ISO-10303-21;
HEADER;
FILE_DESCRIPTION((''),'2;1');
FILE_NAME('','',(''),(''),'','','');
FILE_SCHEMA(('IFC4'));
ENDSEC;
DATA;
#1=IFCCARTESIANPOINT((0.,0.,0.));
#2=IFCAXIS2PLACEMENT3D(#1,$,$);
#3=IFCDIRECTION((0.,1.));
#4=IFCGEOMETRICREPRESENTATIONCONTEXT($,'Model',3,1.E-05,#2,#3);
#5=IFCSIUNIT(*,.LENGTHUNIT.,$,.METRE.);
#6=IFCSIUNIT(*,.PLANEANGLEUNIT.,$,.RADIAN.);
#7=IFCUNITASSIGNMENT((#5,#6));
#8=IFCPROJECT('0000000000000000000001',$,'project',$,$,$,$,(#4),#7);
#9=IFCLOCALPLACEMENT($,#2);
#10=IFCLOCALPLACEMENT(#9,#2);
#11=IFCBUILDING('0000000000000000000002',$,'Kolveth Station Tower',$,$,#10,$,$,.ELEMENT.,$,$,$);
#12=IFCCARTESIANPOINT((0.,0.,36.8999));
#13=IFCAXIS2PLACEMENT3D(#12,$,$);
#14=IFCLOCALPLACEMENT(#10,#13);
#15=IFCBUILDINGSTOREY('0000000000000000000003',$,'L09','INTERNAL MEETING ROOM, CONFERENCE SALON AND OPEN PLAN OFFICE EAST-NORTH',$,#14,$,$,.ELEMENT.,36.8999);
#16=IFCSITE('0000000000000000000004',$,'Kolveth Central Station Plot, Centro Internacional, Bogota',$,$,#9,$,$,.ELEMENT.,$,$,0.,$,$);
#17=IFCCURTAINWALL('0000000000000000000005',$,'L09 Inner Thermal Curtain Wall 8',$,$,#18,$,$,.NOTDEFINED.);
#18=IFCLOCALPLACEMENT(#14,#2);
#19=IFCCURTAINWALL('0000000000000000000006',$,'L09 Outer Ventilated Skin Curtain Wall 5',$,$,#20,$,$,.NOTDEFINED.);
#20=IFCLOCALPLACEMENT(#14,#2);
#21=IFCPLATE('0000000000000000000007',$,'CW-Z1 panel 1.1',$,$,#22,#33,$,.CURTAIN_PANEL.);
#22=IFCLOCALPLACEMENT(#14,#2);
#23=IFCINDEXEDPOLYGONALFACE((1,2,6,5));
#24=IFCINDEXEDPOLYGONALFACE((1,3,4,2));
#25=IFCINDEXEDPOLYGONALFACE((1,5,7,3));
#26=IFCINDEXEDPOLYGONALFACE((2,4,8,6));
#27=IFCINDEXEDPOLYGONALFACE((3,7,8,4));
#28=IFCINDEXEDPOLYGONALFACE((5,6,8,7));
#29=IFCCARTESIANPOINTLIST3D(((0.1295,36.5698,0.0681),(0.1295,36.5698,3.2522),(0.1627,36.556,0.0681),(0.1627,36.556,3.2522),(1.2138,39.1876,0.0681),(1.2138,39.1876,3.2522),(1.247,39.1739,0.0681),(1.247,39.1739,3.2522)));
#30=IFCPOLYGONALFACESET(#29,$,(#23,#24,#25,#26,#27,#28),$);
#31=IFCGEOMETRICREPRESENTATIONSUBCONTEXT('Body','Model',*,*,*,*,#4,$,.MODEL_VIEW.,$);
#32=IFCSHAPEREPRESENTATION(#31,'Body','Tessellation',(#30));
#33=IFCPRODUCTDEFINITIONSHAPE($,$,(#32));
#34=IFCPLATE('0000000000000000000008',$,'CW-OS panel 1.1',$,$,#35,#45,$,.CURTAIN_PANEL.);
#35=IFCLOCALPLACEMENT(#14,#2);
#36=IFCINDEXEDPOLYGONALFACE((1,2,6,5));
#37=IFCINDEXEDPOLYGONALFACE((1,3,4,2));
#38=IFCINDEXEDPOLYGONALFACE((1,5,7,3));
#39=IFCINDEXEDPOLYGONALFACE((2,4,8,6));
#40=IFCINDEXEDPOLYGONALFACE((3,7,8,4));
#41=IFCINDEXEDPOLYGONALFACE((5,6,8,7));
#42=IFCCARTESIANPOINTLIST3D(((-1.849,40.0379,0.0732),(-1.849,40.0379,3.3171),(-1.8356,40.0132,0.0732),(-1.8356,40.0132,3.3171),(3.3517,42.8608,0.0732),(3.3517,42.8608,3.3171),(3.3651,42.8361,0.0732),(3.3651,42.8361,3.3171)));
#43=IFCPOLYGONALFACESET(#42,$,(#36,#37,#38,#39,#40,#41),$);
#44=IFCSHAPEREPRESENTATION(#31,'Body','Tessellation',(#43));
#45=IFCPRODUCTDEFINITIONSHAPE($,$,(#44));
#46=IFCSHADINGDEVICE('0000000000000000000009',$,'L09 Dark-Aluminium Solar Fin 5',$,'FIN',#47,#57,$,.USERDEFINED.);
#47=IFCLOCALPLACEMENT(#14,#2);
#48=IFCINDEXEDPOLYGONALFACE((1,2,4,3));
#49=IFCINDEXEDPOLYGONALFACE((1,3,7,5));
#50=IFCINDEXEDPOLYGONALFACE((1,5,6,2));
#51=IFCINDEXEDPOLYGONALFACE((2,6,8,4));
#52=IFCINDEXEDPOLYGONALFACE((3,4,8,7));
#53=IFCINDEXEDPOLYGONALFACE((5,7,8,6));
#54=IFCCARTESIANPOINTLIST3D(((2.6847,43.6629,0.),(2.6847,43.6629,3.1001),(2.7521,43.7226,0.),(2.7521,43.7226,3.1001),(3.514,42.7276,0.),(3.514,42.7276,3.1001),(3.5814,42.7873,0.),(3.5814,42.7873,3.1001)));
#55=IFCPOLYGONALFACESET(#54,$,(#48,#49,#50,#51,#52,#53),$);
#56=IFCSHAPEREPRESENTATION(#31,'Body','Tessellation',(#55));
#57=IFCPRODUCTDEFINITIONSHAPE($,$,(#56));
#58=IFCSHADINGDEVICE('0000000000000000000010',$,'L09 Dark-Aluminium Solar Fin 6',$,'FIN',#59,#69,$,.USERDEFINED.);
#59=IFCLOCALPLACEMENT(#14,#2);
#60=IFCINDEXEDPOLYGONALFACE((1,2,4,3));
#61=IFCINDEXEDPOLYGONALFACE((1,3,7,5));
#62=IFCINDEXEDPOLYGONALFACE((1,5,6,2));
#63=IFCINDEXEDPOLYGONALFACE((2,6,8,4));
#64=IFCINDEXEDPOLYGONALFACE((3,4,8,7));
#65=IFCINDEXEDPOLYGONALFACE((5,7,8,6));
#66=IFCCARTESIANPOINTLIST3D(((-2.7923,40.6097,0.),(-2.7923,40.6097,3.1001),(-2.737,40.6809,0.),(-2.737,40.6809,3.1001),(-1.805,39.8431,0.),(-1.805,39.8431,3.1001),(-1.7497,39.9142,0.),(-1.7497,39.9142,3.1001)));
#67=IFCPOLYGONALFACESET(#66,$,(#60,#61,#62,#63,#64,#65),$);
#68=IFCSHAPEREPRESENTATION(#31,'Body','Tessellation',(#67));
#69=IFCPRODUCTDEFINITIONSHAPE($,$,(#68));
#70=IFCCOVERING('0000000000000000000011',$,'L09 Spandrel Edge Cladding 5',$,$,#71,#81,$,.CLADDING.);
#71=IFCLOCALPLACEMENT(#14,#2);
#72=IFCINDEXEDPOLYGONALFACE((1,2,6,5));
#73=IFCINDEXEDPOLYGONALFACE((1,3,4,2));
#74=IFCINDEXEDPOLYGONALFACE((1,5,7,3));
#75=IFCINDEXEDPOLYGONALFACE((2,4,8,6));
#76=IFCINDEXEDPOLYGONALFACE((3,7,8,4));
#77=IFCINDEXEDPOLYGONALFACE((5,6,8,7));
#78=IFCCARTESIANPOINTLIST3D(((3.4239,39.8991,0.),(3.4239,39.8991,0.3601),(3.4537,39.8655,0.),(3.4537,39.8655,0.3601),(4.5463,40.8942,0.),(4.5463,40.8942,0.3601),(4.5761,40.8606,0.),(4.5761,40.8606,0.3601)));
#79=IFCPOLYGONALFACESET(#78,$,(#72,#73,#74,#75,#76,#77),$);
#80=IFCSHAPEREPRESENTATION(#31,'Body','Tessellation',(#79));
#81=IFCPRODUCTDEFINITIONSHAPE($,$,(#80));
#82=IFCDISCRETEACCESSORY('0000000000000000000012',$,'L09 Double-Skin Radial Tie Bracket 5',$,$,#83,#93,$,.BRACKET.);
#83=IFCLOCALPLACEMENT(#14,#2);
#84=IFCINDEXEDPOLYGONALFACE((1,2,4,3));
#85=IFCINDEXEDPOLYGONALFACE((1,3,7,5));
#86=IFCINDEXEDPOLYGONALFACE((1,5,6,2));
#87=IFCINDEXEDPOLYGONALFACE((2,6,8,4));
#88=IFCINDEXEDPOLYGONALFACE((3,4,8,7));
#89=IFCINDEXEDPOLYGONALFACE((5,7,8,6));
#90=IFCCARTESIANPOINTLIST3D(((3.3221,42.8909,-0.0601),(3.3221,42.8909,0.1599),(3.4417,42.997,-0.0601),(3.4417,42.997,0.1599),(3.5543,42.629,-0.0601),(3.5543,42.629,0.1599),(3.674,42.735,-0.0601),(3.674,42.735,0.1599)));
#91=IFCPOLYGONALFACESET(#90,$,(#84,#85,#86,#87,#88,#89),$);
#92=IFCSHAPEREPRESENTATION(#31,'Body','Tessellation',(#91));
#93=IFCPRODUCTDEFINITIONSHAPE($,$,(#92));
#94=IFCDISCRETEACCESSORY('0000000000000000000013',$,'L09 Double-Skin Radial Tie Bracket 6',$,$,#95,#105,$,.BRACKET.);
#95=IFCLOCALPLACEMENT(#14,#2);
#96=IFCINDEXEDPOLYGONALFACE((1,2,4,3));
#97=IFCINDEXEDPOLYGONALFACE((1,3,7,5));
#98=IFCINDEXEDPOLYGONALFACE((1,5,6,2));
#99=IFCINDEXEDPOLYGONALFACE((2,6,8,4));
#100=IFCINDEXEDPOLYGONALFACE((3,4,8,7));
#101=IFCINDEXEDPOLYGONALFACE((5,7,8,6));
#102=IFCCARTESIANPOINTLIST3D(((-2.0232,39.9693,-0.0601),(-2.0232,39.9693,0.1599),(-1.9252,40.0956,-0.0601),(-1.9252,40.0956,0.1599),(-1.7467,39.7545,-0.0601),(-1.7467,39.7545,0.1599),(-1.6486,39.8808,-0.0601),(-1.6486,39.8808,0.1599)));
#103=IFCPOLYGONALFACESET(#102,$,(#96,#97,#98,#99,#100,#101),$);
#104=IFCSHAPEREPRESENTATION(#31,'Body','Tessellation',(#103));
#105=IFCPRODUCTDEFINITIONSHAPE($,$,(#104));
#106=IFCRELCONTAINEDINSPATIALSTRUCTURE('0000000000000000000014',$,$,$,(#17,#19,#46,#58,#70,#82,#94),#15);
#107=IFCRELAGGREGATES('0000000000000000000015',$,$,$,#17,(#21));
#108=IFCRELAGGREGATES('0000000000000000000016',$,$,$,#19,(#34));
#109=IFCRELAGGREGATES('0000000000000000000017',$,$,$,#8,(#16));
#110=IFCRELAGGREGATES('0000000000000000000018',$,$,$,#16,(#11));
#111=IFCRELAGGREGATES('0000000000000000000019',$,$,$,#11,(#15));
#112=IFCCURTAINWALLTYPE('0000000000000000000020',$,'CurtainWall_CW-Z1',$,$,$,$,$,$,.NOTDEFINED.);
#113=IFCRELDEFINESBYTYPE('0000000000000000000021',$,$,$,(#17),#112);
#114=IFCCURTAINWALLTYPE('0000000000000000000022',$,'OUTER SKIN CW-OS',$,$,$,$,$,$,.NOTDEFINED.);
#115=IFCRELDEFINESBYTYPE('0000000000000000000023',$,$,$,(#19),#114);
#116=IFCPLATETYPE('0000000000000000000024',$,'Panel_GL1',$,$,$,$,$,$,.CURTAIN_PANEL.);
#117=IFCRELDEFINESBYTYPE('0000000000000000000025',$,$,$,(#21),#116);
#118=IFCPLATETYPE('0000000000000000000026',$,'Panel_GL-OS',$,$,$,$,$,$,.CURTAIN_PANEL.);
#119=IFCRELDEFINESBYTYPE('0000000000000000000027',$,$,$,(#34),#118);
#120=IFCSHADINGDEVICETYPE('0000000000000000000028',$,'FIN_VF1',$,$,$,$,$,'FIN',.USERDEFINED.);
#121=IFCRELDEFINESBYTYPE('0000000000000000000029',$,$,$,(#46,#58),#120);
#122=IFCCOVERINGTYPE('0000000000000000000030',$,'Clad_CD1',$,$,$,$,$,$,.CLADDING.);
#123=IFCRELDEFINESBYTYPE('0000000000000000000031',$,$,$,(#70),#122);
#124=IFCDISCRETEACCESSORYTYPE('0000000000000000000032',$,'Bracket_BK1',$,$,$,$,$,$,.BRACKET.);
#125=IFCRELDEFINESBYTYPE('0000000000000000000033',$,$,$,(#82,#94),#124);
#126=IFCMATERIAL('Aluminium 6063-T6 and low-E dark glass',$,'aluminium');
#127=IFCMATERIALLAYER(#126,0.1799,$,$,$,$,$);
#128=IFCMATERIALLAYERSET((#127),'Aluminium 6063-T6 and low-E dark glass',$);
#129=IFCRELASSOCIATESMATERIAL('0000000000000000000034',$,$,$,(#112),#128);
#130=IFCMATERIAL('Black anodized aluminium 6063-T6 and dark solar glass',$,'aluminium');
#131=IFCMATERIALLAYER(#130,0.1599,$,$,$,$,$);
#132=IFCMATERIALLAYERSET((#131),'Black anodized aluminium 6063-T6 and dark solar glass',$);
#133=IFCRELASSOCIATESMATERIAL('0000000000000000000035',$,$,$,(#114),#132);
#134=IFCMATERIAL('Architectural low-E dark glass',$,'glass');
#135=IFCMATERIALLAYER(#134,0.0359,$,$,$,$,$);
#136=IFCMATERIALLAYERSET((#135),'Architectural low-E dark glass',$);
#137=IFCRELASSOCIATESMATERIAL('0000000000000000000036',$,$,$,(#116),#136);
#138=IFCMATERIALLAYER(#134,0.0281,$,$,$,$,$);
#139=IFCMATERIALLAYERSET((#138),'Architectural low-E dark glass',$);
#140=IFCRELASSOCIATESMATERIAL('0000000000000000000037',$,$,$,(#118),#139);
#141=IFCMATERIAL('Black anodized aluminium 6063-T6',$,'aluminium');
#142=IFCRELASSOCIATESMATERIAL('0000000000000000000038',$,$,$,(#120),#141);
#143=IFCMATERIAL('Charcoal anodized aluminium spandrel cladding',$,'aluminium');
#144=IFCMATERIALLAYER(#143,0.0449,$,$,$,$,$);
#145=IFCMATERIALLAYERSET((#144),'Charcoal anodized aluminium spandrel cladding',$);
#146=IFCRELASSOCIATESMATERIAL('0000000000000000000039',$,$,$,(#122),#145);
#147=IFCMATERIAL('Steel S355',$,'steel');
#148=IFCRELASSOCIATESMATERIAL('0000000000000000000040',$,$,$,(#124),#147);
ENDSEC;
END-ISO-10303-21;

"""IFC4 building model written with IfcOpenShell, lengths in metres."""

from ifc_helpers import new_model, si_unit, direction, frame, origin, origin_2d, place, context, subcontext, project, spatial, rectangle, extrude, source, transform, mapped, material, layer, layer_set, type_object, element, aggregate, save


model = new_model("IFC4")

# Units and contexts
model_context = context("Model", 3, precision=1e-05, world=origin(), true_north=direction((0.0, 1.0)))
body_context = subcontext(model_context, "Body", "Model", "MODEL_VIEW")
ifc_project = project(units=[si_unit("LENGTHUNIT", "METRE"), si_unit("PLANEANGLEUNIT", "RADIAN")], contexts=[model_context])

# Site, building, storey
site_placement = place(None, origin())
site = spatial("IfcSite", under=ifc_project, at=site_placement, Name="Kolveth Central Station Plot, Centro Internacional, Bogota", CompositionType="ELEMENT", RefElevation=0.0)
building_placement = place(site_placement, origin())
building = spatial("IfcBuilding", under=site, at=building_placement, Name="Kolveth Station Tower", CompositionType="ELEMENT")
storey_placement = place(building_placement, frame((0.0, 0.0, 36.8999)))
storey = spatial("IfcBuildingStorey", under=building, at=storey_placement, Name="L09", Description="INTERNAL MEETING ROOM, CONFERENCE SALON AND OPEN PLAN OFFICE EAST-NORTH", CompositionType="ELEMENT", Elevation=36.8999)

# Shared definitions
ifc_material_1 = material(Name="Aluminium 6063-T6 and low-E dark glass", Category="aluminium")
ifc_layer_1 = layer(ifc_material_1, 0.1799)
ifc_layer_set_1 = layer_set([ifc_layer_1], Name="Aluminium 6063-T6 and low-E dark glass")
curtain_wall_type_1 = type_object("IfcCurtainWallType", Name="CurtainWall_CW-Z1", PredefinedType="NOTDEFINED", material=ifc_layer_set_1)
ifc_material_2 = material(Name="Black anodized aluminium 6063-T6", Category="aluminium")

# Curtain wall
curtain_wall_1_placement = place(storey_placement, origin())
curtain_wall_1 = element("IfcCurtainWall", 1, at=curtain_wall_1_placement, inside=storey, type_object=curtain_wall_type_1, Name="L09 Inner Thermal Curtain Wall 8", PredefinedType="NOTDEFINED")

# Shared definitions
ifc_material_3 = material(Name="Black anodized aluminium 6063-T6 and dark solar glass", Category="aluminium")
ifc_layer_2 = layer(ifc_material_3, 0.1599)
ifc_layer_set_2 = layer_set([ifc_layer_2], Name="Black anodized aluminium 6063-T6 and dark solar glass")
curtain_wall_type_2 = type_object("IfcCurtainWallType", Name="OUTER SKIN CW-OS", PredefinedType="NOTDEFINED", material=ifc_layer_set_2)

# Curtain wall
curtain_wall_2_placement = place(storey_placement, origin())
curtain_wall_2 = element("IfcCurtainWall", 2, at=curtain_wall_2_placement, inside=storey, type_object=curtain_wall_type_2, Name="L09 Outer Ventilated Skin Curtain Wall 5", PredefinedType="NOTDEFINED")

# Plates
ifc_material_4 = material(Name="Architectural low-E dark glass", Category="glass")
ifc_layer_3 = layer(ifc_material_4, 0.0359)
ifc_layer_set_3 = layer_set([ifc_layer_3], Name="Architectural low-E dark glass")
plate_type_1 = type_object("IfcPlateType", Name="Panel_GL1", PredefinedType="CURTAIN_PANEL", material=ifc_layer_set_3)
shared_shape_1 = source(origin(), body_context, "Body", "SweptSolid", [
    extrude(rectangle(XDim=2.8335, YDim=0.0359, at=origin_2d()), origin(), (0.0, 0.0, 1.0), 3.1841),
])
plate_1_placement = place(storey_placement, frame((0.6882, 37.8718, 0.0681), z_axis=(0.0, 0.0, 1.0), x_axis=(-0.382673, -0.923884, 0.0)))
plate_1 = element("IfcPlate", 3, at=plate_1_placement, type_object=plate_type_1, Name="CW-Z1 panel 1.1", PredefinedType="CURTAIN_PANEL", context=body_context, shape_type="MappedRepresentation", body=[
    mapped(shared_shape_1, transform((0.0, 0.0, 0.0), x_axis=(1.0, 0.0, 0.0), y_axis=(0.0, 1.0, 0.0), z_axis=(0.0, 0.0, 1.0), scale=1.0)),
])
aggregate(curtain_wall_1, [plate_1])
ifc_layer_4 = layer(ifc_material_4, 0.0281)
ifc_layer_set_4 = layer_set([ifc_layer_4], Name="Architectural low-E dark glass")
plate_type_2 = type_object("IfcPlateType", Name="Panel_GL-OS", PredefinedType="CURTAIN_PANEL", material=ifc_layer_set_4)
shared_shape_2 = source(origin(), body_context, "Body", "SweptSolid", [
    extrude(rectangle(XDim=5.9175, YDim=0.0281, at=origin_2d()), origin(), (0.0, 0.0, 1.0), 3.2439),
])
plate_2_placement = place(storey_placement, frame((0.7581, 41.437, 0.0732), z_axis=(0.0, 0.0, 1.0), x_axis=(-0.878884, -0.477036, 0.0)))
plate_2 = element("IfcPlate", 4, at=plate_2_placement, type_object=plate_type_2, Name="CW-OS panel 1.1", PredefinedType="CURTAIN_PANEL", context=body_context, shape_type="MappedRepresentation", body=[
    mapped(shared_shape_2, transform((0.0, 0.0, 0.0), x_axis=(1.0, 0.0, 0.0), y_axis=(0.0, 1.0, 0.0), z_axis=(0.0, 0.0, 1.0), scale=1.0)),
])
aggregate(curtain_wall_2, [plate_2])

# Shading devices
shading_device_type = type_object("IfcShadingDeviceType", Name="FIN_VF1", ElementType="FIN", PredefinedType="USERDEFINED", material=ifc_material_2)
shared_shape_3 = source(origin(), body_context, "Body", "SweptSolid", [
    extrude(rectangle(XDim=1.25, YDim=0.0901, at=origin_2d()), origin(), (0.0, 0.0, 1.0), 3.1001),
])
for number, where, z_axis, x_axis, name in (
    (5, (3.1331, 43.2251, 0.0), (0.0, 0.0, 1.0), (-0.663404, 0.748261, 0.0), "L09 Dark-Aluminium Solar Fin 5"),
    (6, (-2.271, 40.262, 0.0), (0.0, 0.0, 1.0), (-0.789834, 0.613321, 0.0), "L09 Dark-Aluminium Solar Fin 6"),
):
    element("IfcShadingDevice", number, at=place(storey_placement, frame(where, z_axis=z_axis, x_axis=x_axis)), inside=storey, type_object=shading_device_type, Name=name, ObjectType="FIN", PredefinedType="USERDEFINED", context=body_context, shape_type="MappedRepresentation", body=[
        mapped(shared_shape_3, transform((0.0, 0.0, 0.0), x_axis=(1.0, 0.0, 0.0), y_axis=(0.0, 1.0, 0.0), z_axis=(0.0, 0.0, 1.0), scale=1.0)),
    ])

# Covering
ifc_material_5 = material(Name="Charcoal anodized aluminium spandrel cladding", Category="aluminium")
ifc_layer_5 = layer(ifc_material_5, 0.0449)
ifc_layer_set_5 = layer_set([ifc_layer_5], Name="Charcoal anodized aluminium spandrel cladding")
covering_type = type_object("IfcCoveringType", Name="Clad_CD1", PredefinedType="CLADDING", material=ifc_layer_set_5)
shared_shape_4 = source(origin(), body_context, "Body", "SweptSolid", [
    extrude(rectangle(XDim=1.5, YDim=0.0449, at=origin_2d()), origin(), (0.0, 0.0, 1.0), 0.3601),
])
covering_placement = place(storey_placement, frame((4.0, 40.3799, 0.0), z_axis=(0.0, 0.0, 1.0), x_axis=(-0.748261, -0.663404, 0.0)))
element("IfcCovering", 7, at=covering_placement, inside=storey, type_object=covering_type, Name="L09 Spandrel Edge Cladding 5", PredefinedType="CLADDING", context=body_context, shape_type="MappedRepresentation", body=[
    mapped(shared_shape_4, transform((0.0, 0.0, 0.0), x_axis=(1.0, 0.0, 0.0), y_axis=(0.0, 1.0, 0.0), z_axis=(0.0, 0.0, 1.0), scale=1.0)),
])

# Discrete accessories
ifc_material_6 = material(Name="Steel S355", Category="steel")
discrete_accessory_type = type_object("IfcDiscreteAccessoryType", Name="Bracket_BK1", PredefinedType="BRACKET", material=ifc_material_6)
shared_shape_5 = source(origin(), body_context, "Body", "SweptSolid", [
    extrude(rectangle(XDim=0.3501, YDim=0.1599, at=origin_2d()), origin(), (0.0, 0.0, 1.0), 0.22),
])
for number, where, z_axis, x_axis, name in (
    (8, (3.498, 42.813, -0.0601), (0.0, 0.0, 1.0), (-0.663404, 0.748261, 0.0), "L09 Double-Skin Radial Tie Bracket 5"),
    (9, (-1.8359, 39.925, -0.0601), (0.0, 0.0, 1.0), (-0.789834, 0.613321, 0.0), "L09 Double-Skin Radial Tie Bracket 6"),
):
    element("IfcDiscreteAccessory", number, at=place(storey_placement, frame(where, z_axis=z_axis, x_axis=x_axis)), inside=storey, type_object=discrete_accessory_type, Name=name, PredefinedType="BRACKET", context=body_context, shape_type="MappedRepresentation", body=[
        mapped(shared_shape_5, transform((0.0, 0.0, 0.0), x_axis=(1.0, 0.0, 0.0), y_axis=(0.0, 1.0, 0.0), z_axis=(0.0, 0.0, 1.0), scale=1.0)),
    ])

save(model, "model.ifc")
